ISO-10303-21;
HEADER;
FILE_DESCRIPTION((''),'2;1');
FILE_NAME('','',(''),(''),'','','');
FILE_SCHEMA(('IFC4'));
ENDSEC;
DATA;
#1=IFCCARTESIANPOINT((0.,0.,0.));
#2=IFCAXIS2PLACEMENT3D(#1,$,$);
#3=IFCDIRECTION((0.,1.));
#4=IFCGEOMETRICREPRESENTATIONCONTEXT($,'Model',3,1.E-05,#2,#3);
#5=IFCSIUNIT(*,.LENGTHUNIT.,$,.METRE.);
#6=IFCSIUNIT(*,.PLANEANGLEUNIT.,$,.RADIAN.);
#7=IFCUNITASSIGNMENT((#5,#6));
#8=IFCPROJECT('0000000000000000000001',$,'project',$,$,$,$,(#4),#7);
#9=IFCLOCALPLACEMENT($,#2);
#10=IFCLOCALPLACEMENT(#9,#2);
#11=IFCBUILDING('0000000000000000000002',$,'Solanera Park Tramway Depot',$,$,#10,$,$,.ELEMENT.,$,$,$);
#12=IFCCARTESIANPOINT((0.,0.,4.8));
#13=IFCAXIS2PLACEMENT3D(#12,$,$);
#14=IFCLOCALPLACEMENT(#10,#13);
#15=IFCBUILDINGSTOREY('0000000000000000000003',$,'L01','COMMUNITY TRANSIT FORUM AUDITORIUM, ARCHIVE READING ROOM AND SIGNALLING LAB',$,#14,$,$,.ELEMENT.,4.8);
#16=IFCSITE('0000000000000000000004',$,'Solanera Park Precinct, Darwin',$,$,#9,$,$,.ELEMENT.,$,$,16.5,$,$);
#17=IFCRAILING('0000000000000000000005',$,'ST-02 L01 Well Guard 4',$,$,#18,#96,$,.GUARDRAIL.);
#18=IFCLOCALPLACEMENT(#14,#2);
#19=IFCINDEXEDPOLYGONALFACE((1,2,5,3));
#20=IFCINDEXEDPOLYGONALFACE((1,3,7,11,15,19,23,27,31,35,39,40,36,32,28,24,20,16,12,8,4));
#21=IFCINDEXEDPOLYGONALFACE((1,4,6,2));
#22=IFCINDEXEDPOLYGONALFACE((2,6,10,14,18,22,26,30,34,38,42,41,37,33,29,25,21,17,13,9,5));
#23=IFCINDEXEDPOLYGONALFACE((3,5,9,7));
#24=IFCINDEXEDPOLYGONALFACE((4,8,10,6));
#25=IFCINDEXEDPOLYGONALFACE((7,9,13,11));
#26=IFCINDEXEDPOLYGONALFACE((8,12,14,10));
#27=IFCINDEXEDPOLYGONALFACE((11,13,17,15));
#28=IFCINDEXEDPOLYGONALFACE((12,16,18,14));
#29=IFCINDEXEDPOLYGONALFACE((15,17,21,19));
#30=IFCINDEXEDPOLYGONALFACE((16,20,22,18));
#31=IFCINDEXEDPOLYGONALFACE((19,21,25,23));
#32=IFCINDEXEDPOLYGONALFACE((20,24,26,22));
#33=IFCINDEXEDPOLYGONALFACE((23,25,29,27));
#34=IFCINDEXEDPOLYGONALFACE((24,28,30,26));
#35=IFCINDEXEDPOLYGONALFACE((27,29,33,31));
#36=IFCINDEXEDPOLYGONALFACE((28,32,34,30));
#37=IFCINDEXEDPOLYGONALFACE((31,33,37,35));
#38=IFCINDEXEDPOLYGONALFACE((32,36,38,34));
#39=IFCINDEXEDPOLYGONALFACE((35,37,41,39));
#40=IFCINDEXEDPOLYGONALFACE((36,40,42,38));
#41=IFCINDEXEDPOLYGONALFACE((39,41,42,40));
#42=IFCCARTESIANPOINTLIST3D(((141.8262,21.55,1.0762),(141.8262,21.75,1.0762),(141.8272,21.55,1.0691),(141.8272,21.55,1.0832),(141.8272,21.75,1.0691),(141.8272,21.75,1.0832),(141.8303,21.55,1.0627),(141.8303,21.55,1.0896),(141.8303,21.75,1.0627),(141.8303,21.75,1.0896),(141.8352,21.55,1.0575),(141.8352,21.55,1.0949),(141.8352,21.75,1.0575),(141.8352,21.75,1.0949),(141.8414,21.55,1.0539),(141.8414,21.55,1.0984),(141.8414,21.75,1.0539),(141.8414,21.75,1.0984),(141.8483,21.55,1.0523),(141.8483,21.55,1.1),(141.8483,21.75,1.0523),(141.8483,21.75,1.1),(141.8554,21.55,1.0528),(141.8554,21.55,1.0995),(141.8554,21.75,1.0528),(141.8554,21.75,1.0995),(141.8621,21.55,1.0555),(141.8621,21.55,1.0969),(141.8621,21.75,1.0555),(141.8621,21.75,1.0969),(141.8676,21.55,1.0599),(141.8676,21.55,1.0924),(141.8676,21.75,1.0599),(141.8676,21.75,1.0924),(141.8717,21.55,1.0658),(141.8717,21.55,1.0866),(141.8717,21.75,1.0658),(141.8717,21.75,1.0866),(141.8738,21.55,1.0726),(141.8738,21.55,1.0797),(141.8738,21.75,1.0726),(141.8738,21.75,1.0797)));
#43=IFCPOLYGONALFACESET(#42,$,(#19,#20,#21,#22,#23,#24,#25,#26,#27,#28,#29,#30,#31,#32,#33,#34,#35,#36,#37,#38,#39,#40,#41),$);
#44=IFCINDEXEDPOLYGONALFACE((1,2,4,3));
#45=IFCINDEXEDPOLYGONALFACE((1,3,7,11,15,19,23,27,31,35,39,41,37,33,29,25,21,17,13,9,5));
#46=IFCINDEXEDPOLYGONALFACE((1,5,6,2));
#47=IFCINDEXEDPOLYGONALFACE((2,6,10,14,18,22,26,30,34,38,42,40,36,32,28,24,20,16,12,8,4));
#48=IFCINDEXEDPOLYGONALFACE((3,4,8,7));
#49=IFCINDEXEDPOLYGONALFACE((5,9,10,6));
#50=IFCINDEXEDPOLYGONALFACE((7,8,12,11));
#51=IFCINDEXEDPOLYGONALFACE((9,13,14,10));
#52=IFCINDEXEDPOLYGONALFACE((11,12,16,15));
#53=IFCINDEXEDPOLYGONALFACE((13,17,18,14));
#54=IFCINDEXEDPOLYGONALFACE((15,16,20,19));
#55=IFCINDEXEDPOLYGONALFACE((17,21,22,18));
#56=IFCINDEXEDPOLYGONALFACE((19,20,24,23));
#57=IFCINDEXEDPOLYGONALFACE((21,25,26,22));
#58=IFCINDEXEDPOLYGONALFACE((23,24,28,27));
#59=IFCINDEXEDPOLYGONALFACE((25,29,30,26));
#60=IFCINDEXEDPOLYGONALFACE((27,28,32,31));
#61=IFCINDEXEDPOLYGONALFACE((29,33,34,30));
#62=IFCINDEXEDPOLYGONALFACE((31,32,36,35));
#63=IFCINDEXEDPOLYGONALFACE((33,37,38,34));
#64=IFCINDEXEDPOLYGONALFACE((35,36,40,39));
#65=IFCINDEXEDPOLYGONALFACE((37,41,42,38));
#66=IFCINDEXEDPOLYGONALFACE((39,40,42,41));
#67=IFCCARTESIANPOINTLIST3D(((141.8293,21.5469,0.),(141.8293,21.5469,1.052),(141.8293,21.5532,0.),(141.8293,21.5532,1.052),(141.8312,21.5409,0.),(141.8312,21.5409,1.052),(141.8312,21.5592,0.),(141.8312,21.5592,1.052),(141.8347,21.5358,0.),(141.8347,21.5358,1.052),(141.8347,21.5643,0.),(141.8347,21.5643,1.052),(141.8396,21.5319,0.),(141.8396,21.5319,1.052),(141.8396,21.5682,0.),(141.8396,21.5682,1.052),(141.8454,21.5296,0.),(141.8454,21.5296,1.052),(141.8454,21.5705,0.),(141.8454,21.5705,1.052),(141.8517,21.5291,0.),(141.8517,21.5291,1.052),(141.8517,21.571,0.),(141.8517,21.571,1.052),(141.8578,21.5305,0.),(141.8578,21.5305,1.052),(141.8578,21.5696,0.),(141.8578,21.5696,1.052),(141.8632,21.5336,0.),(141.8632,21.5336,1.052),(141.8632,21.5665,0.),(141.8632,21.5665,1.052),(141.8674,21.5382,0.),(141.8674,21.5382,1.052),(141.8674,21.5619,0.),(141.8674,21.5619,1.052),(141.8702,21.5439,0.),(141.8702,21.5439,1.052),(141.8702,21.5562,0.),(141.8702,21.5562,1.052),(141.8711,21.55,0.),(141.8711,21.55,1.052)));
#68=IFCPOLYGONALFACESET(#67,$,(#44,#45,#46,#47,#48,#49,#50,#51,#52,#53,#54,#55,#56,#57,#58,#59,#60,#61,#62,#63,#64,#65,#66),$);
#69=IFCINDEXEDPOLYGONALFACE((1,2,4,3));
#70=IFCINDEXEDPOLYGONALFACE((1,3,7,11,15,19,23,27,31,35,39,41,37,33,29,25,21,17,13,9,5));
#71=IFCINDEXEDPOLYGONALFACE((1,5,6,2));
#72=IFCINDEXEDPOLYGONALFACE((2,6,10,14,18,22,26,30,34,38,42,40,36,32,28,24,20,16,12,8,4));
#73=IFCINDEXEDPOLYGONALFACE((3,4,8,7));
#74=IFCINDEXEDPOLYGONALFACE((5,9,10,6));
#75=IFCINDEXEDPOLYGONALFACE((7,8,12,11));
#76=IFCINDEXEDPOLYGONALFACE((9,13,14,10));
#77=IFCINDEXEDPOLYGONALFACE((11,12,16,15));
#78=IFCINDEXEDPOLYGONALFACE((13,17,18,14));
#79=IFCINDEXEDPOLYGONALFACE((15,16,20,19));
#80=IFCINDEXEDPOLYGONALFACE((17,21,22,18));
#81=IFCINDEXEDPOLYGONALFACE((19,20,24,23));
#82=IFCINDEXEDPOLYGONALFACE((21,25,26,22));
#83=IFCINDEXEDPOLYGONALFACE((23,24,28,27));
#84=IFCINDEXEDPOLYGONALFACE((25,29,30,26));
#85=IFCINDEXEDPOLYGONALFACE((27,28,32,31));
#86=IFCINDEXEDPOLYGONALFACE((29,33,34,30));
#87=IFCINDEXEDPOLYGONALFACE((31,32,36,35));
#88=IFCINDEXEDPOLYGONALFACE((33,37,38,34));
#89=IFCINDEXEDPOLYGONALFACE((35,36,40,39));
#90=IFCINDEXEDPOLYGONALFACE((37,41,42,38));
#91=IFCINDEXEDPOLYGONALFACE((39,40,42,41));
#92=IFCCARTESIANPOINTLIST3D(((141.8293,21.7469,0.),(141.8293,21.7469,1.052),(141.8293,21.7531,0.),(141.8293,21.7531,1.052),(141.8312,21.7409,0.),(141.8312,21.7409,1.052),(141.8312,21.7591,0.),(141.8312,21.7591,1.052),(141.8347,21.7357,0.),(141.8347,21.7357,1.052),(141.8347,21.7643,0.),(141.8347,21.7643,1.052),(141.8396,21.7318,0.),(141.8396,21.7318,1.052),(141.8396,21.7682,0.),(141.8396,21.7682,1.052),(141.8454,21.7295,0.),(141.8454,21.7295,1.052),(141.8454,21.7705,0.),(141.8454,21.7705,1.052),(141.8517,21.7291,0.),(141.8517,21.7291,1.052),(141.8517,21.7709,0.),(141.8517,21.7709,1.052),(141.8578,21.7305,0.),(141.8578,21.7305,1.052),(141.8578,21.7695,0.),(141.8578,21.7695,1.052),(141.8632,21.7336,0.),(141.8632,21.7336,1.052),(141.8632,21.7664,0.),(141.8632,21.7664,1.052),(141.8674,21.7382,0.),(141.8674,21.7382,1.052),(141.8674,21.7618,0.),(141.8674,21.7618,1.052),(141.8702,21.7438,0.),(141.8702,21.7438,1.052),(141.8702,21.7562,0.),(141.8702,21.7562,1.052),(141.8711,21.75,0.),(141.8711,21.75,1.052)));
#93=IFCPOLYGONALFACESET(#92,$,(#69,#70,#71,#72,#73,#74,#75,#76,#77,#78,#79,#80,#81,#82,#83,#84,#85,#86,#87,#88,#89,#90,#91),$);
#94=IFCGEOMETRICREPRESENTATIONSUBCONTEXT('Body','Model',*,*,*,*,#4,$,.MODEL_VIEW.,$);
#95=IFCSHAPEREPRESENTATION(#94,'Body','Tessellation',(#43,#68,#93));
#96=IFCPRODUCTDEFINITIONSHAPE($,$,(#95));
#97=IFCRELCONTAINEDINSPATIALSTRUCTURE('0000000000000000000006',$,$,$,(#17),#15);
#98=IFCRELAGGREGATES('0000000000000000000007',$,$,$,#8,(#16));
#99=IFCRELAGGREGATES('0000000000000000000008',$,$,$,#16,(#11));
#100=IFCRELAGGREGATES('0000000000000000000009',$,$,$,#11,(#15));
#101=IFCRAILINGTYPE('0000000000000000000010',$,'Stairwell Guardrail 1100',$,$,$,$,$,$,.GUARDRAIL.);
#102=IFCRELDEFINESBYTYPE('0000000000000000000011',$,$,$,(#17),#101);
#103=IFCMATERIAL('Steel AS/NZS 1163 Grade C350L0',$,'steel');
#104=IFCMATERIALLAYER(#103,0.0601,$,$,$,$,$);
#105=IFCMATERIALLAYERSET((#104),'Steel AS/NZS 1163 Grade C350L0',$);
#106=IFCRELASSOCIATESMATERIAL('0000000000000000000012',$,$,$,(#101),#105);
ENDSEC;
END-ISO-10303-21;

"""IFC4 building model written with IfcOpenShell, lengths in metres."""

from ifc_helpers import new_model, si_unit, direction, frame, origin, origin_2d, place, context, subcontext, project, spatial, circle, extrude, material, layer, layer_set, type_object, element, save


model = new_model("IFC4")

# Units and contexts
model_context = context("Model", 3, precision=1e-05, world=origin(), true_north=direction((0.0, 1.0)))
body_context = subcontext(model_context, "Body", "Model", "MODEL_VIEW")
ifc_project = project(units=[si_unit("LENGTHUNIT", "METRE"), si_unit("PLANEANGLEUNIT", "RADIAN")], contexts=[model_context])

# Site, building, storey
site_placement = place(None, origin())
site = spatial("IfcSite", under=ifc_project, at=site_placement, Name="Solanera Park Precinct, Darwin", CompositionType="ELEMENT", RefElevation=16.5)
building_placement = place(site_placement, origin())
building = spatial("IfcBuilding", under=site, at=building_placement, Name="Solanera Park Tramway Depot", CompositionType="ELEMENT")
storey_placement = place(building_placement, frame((0.0, 0.0, 4.8)))
storey = spatial("IfcBuildingStorey", under=building, at=storey_placement, Name="L01", Description="COMMUNITY TRANSIT FORUM AUDITORIUM, ARCHIVE READING ROOM AND SIGNALLING LAB", CompositionType="ELEMENT", Elevation=4.8)

# Railing
ifc_material_1 = material(Name="Steel AS/NZS 1163 Grade C350L0", Category="steel")
ifc_layer_1 = layer(ifc_material_1, 0.0601)
ifc_layer_set_1 = layer_set([ifc_layer_1], Name="Steel AS/NZS 1163 Grade C350L0")
railing_type_1 = type_object("IfcRailingType", Name="Stairwell Guardrail 1100", PredefinedType="GUARDRAIL", material=ifc_layer_set_1)
railing_1_placement = place(storey_placement, frame((141.8501, 21.55, 0.0)))
element("IfcRailing", 1, at=railing_1_placement, inside=storey, type_object=railing_type_1, Name="ST-02 L01 Well Guard 4", PredefinedType="GUARDRAIL", context=body_context, shape_type="SweptSolid", body=[
    extrude(circle(Radius=0.0239, at=origin_2d()), frame((0.0, 0.0, 1.0762), z_axis=(0.0, 1.0, 0.0), x_axis=(-1.0, 0.0, 0.0)), (0.0, 0.0, 1.0), 0.2),
    extrude(circle(Radius=0.021, at=origin_2d()), origin(), (0.0, 0.0, 1.0), 1.052),
    extrude(circle(Radius=0.021, at=origin_2d()), frame((0.0, 0.2, 0.0)), (0.0, 0.0, 1.0), 1.052),
])

save(model, "model.ifc")
